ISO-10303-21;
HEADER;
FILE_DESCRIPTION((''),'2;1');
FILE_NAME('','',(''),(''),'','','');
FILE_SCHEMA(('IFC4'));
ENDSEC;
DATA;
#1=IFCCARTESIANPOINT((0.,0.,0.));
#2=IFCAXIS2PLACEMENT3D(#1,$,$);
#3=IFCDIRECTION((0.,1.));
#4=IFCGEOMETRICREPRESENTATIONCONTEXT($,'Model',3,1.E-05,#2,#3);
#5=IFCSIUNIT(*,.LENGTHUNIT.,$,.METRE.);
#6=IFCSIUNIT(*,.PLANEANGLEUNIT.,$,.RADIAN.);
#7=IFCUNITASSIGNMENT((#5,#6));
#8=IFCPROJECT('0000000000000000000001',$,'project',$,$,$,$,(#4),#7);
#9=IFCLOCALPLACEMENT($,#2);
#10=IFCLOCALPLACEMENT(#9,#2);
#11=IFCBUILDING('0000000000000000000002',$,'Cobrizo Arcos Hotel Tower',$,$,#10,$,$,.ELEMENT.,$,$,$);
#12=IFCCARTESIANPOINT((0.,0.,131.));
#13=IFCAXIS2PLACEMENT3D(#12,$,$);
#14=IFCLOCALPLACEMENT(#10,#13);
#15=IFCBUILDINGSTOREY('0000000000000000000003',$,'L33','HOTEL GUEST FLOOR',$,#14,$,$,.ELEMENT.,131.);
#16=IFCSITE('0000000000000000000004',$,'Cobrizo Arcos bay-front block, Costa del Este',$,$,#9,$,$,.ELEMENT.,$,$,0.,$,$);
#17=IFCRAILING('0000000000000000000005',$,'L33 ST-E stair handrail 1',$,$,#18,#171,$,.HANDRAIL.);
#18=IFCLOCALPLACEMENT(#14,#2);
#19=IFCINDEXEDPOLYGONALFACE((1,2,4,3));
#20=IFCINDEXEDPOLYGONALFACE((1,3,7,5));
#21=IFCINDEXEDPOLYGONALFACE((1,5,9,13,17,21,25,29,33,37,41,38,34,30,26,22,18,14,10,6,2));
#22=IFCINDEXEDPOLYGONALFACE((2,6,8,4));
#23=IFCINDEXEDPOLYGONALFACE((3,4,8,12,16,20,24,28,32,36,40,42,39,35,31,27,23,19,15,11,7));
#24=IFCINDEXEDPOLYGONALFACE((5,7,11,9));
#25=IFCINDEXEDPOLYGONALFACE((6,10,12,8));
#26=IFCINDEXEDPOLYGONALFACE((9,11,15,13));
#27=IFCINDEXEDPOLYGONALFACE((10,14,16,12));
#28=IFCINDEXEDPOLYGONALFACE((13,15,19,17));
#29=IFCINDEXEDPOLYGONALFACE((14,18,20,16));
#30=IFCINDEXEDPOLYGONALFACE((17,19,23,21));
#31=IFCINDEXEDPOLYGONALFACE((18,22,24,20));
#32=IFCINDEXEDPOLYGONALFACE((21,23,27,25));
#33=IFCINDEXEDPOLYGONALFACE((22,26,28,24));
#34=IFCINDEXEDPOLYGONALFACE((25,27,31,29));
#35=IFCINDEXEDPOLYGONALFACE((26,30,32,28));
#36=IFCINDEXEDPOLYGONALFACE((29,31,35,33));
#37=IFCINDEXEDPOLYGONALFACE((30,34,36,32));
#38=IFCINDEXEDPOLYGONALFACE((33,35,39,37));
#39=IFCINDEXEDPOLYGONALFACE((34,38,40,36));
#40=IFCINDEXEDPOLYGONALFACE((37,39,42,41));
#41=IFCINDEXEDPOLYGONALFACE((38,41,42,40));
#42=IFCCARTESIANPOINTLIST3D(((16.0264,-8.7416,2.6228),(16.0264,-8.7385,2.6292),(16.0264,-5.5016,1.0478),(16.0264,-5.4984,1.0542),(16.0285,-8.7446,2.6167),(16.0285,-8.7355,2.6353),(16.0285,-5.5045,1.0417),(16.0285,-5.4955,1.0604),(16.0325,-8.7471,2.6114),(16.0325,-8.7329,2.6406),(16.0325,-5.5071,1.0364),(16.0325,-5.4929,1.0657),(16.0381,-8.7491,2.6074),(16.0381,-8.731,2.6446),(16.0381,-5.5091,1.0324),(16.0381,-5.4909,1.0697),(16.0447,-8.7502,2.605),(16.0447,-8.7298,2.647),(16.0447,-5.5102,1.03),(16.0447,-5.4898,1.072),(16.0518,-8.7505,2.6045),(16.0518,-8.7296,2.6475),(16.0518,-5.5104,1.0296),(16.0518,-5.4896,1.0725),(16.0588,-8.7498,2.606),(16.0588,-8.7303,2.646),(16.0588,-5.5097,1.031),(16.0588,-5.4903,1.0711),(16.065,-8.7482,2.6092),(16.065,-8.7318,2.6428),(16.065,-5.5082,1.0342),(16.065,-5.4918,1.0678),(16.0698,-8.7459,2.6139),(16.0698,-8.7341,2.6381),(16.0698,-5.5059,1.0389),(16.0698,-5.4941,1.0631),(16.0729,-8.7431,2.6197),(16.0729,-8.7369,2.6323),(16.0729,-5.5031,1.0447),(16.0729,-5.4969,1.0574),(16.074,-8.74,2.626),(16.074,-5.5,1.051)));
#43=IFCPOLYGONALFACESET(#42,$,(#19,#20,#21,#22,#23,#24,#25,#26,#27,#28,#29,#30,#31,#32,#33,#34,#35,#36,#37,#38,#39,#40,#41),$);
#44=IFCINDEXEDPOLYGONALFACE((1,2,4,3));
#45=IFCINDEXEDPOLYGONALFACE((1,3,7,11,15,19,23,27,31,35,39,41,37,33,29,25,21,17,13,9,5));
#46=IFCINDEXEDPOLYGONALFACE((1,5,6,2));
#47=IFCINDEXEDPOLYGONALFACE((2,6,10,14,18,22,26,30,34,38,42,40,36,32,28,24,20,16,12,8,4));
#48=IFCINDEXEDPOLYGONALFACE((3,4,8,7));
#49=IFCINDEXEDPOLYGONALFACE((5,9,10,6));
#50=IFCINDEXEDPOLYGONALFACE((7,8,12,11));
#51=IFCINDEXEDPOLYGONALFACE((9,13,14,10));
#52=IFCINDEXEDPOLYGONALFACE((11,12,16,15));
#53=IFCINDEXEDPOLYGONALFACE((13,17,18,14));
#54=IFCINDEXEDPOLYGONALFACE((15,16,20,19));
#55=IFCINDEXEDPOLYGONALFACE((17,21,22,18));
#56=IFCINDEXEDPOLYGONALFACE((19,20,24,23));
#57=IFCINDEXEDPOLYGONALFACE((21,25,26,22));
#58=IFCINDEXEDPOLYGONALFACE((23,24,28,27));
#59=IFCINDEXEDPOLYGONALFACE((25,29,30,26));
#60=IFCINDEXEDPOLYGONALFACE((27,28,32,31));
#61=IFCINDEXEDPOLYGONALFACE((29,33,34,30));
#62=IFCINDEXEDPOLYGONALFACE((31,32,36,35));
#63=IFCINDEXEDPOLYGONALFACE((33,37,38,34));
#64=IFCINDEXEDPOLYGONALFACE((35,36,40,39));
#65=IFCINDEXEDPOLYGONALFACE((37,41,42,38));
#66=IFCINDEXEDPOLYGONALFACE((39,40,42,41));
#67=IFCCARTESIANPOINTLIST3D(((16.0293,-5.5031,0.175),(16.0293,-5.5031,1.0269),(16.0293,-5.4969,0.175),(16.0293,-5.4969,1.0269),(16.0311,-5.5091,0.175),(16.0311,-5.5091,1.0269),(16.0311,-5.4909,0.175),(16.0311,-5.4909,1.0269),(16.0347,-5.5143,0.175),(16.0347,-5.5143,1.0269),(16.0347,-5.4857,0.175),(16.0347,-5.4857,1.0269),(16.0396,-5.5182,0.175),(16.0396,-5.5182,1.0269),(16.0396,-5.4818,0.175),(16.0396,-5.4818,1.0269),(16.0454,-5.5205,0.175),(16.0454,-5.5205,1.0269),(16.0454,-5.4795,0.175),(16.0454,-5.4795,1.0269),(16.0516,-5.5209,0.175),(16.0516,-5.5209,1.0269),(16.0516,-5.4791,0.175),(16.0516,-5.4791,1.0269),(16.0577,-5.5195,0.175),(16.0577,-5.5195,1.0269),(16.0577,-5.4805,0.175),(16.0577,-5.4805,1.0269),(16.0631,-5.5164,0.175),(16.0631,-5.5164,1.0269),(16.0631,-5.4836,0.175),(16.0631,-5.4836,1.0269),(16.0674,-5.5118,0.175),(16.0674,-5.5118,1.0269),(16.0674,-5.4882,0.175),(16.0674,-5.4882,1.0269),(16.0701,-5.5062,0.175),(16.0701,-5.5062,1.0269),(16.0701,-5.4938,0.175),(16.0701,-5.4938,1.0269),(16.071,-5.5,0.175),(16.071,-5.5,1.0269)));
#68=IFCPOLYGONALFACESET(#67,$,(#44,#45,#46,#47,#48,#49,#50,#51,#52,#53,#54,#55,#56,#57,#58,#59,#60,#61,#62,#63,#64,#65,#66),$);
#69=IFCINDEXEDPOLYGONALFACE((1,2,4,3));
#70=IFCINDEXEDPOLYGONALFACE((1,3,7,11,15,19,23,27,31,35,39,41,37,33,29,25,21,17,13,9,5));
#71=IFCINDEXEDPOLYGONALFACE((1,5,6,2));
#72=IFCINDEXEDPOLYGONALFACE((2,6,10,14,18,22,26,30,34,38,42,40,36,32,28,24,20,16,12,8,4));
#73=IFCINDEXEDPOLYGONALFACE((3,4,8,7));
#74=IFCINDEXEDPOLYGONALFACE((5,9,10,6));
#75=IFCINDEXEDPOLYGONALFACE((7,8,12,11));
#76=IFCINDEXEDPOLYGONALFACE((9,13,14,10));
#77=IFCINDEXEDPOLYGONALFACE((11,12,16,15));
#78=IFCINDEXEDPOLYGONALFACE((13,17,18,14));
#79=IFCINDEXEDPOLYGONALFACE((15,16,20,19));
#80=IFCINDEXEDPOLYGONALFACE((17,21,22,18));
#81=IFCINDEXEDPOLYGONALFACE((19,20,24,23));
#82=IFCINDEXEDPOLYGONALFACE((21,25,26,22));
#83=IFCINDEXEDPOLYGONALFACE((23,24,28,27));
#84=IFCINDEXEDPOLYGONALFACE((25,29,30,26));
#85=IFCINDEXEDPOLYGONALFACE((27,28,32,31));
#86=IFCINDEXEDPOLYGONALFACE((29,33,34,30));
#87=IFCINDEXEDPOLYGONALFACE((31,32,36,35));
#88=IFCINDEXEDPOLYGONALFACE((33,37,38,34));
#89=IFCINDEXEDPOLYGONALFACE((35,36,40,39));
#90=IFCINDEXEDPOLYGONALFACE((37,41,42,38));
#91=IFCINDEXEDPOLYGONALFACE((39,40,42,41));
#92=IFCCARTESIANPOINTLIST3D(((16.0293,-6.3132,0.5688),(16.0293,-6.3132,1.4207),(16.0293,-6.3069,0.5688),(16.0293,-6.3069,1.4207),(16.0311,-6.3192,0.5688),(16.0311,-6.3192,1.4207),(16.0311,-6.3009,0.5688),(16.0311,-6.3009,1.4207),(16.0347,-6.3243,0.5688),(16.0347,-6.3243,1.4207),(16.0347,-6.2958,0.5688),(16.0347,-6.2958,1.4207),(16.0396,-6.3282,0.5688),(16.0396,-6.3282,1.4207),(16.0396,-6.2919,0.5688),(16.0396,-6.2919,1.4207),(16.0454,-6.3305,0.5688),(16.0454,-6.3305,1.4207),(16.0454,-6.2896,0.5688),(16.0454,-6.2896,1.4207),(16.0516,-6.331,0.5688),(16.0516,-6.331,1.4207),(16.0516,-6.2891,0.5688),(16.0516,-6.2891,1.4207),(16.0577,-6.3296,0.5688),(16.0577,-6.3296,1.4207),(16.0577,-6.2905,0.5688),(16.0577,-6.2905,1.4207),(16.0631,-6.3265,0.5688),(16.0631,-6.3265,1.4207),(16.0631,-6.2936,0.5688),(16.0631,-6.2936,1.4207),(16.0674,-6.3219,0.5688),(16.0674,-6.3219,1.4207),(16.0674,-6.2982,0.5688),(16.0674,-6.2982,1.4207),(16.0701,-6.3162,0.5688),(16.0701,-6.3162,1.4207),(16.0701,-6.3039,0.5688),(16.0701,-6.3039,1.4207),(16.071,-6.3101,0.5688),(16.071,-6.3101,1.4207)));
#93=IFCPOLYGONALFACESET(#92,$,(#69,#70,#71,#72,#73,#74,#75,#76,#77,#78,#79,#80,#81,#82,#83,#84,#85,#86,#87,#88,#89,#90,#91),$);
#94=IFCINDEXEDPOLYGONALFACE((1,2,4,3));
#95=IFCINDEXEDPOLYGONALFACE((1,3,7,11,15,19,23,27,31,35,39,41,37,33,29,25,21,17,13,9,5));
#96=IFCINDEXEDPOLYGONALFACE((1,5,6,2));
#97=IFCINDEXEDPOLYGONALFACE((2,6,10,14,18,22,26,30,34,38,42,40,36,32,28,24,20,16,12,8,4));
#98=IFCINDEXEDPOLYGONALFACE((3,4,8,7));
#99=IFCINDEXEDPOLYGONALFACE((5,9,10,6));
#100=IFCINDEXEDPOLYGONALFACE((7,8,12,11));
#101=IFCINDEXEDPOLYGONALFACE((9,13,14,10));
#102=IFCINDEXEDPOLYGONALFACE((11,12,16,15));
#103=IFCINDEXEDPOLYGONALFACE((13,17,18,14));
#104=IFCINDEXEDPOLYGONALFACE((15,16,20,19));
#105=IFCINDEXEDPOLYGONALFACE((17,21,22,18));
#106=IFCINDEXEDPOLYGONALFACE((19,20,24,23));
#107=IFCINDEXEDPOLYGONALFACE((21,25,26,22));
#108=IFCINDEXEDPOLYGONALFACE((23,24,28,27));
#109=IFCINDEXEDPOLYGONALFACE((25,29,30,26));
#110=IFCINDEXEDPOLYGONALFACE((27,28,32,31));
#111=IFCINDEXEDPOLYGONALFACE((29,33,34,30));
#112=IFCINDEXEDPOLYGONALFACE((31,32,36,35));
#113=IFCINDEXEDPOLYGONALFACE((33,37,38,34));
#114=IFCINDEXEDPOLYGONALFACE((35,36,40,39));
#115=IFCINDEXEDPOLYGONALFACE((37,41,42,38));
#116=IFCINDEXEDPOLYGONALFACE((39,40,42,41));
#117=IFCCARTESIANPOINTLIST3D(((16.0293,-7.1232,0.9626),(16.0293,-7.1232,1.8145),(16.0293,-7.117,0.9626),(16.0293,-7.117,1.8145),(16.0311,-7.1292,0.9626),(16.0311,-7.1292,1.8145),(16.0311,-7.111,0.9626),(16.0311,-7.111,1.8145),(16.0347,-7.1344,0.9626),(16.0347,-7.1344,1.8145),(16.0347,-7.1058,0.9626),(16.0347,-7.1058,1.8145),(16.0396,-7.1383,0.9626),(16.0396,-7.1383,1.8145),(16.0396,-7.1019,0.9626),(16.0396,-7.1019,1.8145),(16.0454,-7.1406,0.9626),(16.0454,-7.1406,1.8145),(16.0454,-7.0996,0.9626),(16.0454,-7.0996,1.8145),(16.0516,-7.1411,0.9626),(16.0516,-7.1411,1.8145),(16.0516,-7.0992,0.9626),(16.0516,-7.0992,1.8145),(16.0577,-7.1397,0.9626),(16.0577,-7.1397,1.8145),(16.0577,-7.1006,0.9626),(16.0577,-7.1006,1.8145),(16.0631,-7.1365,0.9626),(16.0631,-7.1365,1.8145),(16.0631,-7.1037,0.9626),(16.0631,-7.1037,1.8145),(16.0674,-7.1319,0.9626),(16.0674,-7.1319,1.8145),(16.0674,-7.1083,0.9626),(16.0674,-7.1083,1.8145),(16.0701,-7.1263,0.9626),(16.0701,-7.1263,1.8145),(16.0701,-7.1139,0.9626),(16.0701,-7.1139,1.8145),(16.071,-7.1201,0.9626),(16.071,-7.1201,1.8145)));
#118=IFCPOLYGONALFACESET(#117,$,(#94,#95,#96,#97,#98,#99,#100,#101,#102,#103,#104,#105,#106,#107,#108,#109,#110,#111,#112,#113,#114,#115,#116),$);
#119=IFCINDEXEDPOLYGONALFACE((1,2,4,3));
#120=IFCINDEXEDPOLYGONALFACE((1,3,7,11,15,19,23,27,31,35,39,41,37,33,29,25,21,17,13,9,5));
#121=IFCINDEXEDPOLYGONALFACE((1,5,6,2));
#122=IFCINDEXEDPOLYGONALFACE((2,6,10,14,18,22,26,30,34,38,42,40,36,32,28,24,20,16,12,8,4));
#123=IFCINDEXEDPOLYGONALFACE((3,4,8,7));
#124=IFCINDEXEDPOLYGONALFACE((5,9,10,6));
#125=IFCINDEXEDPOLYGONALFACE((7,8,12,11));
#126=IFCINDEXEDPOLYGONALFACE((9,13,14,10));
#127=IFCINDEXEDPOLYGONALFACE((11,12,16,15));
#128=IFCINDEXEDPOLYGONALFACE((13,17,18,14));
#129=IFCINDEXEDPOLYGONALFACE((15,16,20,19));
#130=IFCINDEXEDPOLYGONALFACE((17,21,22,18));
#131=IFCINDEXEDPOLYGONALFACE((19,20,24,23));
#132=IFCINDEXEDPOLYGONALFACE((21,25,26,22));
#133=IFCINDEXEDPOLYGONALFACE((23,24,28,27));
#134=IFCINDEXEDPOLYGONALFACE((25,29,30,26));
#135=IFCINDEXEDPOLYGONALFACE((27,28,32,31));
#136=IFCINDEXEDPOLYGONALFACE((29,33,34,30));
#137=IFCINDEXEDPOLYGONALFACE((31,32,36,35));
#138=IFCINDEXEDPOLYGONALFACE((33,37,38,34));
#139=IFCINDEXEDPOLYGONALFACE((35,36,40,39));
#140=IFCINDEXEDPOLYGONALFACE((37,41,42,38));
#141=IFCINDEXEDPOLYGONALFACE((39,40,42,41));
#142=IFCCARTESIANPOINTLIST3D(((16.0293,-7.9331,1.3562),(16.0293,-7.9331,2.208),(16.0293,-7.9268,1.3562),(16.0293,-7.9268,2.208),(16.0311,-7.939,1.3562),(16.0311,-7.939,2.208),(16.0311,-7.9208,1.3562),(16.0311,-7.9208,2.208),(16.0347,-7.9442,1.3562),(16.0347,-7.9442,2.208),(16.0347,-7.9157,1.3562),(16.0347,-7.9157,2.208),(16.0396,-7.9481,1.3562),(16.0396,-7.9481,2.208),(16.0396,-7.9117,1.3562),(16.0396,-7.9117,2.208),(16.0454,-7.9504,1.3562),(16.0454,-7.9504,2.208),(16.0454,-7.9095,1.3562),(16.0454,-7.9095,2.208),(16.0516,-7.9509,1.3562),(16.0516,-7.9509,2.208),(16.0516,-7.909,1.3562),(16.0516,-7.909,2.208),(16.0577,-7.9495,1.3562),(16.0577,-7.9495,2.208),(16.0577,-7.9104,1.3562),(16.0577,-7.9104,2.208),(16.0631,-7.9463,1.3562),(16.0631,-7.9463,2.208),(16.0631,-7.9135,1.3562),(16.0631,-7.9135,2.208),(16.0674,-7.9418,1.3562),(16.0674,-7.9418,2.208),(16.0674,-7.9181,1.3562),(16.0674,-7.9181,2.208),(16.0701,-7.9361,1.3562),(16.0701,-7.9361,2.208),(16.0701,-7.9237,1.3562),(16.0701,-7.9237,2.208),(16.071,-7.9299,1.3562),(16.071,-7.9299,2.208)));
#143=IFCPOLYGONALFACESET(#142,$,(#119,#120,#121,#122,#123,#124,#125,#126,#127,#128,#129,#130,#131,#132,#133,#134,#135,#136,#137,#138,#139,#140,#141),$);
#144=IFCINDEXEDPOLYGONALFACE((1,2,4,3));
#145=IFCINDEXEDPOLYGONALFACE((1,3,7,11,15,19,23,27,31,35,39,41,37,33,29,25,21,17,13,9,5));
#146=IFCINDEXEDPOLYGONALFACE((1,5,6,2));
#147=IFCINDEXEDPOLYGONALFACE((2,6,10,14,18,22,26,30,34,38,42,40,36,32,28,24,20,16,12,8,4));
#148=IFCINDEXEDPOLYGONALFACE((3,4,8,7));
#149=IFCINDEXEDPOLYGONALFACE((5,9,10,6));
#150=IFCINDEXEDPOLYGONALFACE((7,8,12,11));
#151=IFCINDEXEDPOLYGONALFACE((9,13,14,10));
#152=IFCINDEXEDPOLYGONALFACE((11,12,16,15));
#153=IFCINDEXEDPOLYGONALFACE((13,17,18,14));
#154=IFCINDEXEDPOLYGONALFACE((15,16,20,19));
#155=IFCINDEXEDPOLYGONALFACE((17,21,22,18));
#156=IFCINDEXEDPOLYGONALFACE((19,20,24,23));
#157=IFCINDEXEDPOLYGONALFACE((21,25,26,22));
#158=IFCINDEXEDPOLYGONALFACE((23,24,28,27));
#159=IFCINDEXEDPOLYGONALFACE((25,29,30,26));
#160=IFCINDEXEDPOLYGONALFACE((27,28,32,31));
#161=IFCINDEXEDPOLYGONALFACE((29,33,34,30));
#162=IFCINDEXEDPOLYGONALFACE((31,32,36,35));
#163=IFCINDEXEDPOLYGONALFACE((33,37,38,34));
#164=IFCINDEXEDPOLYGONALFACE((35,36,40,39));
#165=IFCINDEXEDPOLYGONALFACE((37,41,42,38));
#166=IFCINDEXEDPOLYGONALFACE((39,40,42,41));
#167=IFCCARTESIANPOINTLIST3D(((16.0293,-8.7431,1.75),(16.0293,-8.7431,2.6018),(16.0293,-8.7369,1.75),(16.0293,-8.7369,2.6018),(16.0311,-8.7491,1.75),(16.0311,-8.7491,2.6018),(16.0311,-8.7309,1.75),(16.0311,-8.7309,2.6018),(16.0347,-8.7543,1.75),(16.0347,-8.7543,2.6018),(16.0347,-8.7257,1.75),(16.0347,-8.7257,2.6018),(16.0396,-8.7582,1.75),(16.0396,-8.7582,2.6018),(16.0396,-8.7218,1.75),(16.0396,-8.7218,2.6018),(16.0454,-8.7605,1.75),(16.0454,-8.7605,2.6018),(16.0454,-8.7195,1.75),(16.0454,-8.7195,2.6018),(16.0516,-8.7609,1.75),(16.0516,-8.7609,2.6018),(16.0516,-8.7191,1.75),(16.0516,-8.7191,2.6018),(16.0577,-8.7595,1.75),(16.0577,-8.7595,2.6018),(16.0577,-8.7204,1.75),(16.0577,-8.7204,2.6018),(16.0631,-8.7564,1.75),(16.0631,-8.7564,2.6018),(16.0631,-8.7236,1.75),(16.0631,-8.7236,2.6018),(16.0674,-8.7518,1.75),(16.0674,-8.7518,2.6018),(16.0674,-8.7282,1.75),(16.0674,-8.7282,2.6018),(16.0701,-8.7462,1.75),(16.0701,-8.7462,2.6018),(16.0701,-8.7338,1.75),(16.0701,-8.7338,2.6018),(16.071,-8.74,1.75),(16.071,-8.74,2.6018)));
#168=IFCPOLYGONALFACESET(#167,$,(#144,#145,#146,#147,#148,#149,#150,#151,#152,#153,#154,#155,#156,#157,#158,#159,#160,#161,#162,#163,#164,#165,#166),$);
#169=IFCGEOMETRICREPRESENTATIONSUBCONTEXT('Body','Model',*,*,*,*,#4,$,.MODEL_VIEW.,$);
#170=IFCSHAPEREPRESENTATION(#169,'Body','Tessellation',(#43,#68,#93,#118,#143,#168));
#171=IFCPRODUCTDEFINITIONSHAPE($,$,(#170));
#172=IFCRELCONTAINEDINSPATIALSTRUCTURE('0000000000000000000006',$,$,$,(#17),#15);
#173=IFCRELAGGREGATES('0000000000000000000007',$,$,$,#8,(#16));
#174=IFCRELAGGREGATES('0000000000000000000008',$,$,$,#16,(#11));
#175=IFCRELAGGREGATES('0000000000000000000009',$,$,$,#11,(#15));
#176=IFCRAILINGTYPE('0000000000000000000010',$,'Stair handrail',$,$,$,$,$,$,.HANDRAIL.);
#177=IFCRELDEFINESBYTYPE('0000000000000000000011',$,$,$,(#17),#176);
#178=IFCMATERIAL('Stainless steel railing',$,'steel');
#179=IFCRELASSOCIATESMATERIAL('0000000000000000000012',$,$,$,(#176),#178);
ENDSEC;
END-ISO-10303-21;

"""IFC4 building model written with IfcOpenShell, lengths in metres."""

from ifc_helpers import new_model, si_unit, direction, frame, origin, origin_2d, place, context, subcontext, project, spatial, circle, extrude, material, type_object, element, save


model = new_model("IFC4")

# Units and contexts
model_context = context("Model", 3, precision=1e-05, world=origin(), true_north=direction((0.0, 1.0)))
body_context = subcontext(model_context, "Body", "Model", "MODEL_VIEW")
ifc_project = project(units=[si_unit("LENGTHUNIT", "METRE"), si_unit("PLANEANGLEUNIT", "RADIAN")], contexts=[model_context])

# Site, building, storey
site_placement = place(None, origin())
site = spatial("IfcSite", under=ifc_project, at=site_placement, Name="Cobrizo Arcos bay-front block, Costa del Este", CompositionType="ELEMENT", RefElevation=0.0)
building_placement = place(site_placement, origin())
building = spatial("IfcBuilding", under=site, at=building_placement, Name="Cobrizo Arcos Hotel Tower", CompositionType="ELEMENT")
storey_placement = place(building_placement, frame((0.0, 0.0, 131.0)))
storey = spatial("IfcBuildingStorey", under=building, at=storey_placement, Name="L33", Description="HOTEL GUEST FLOOR", CompositionType="ELEMENT", Elevation=131.0)

# Railing
ifc_material_1 = material(Name="Stainless steel railing", Category="steel")
railing_type_1 = type_object("IfcRailingType", Name="Stair handrail", PredefinedType="HANDRAIL", material=ifc_material_1)
railing_1_placement = place(storey_placement, frame((16.05, -5.5, 0.175)))
element("IfcRailing", 1, at=railing_1_placement, inside=storey, type_object=railing_type_1, Name="L33 ST-E stair handrail 1", PredefinedType="HANDRAIL", context=body_context, shape_type="SweptSolid", body=[
    extrude(circle(Radius=0.0239, at=origin_2d()), frame((0.0, 0.0, 0.876), z_axis=(0.0, -0.899373, 0.437183), x_axis=(1.0, 0.0, 0.0)), (0.0, 0.0, 1.0), 3.6025),
    extrude(circle(Radius=0.021, at=origin_2d()), origin(), (0.0, 0.0, 1.0), 0.8518),
    extrude(circle(Radius=0.021, at=origin_2d()), frame((0.0, -0.8101, 0.3938)), (0.0, 0.0, 1.0), 0.8518),
    extrude(circle(Radius=0.021, at=origin_2d()), frame((0.0, -1.6201, 0.7876)), (0.0, 0.0, 1.0), 0.8518),
    extrude(circle(Radius=0.021, at=origin_2d()), frame((0.0, -2.4299, 1.1812)), (0.0, 0.0, 1.0), 0.8518),
    extrude(circle(Radius=0.021, at=origin_2d()), frame((0.0, -3.24, 1.575)), (0.0, 0.0, 1.0), 0.8518),
])

save(model, "model.ifc")
